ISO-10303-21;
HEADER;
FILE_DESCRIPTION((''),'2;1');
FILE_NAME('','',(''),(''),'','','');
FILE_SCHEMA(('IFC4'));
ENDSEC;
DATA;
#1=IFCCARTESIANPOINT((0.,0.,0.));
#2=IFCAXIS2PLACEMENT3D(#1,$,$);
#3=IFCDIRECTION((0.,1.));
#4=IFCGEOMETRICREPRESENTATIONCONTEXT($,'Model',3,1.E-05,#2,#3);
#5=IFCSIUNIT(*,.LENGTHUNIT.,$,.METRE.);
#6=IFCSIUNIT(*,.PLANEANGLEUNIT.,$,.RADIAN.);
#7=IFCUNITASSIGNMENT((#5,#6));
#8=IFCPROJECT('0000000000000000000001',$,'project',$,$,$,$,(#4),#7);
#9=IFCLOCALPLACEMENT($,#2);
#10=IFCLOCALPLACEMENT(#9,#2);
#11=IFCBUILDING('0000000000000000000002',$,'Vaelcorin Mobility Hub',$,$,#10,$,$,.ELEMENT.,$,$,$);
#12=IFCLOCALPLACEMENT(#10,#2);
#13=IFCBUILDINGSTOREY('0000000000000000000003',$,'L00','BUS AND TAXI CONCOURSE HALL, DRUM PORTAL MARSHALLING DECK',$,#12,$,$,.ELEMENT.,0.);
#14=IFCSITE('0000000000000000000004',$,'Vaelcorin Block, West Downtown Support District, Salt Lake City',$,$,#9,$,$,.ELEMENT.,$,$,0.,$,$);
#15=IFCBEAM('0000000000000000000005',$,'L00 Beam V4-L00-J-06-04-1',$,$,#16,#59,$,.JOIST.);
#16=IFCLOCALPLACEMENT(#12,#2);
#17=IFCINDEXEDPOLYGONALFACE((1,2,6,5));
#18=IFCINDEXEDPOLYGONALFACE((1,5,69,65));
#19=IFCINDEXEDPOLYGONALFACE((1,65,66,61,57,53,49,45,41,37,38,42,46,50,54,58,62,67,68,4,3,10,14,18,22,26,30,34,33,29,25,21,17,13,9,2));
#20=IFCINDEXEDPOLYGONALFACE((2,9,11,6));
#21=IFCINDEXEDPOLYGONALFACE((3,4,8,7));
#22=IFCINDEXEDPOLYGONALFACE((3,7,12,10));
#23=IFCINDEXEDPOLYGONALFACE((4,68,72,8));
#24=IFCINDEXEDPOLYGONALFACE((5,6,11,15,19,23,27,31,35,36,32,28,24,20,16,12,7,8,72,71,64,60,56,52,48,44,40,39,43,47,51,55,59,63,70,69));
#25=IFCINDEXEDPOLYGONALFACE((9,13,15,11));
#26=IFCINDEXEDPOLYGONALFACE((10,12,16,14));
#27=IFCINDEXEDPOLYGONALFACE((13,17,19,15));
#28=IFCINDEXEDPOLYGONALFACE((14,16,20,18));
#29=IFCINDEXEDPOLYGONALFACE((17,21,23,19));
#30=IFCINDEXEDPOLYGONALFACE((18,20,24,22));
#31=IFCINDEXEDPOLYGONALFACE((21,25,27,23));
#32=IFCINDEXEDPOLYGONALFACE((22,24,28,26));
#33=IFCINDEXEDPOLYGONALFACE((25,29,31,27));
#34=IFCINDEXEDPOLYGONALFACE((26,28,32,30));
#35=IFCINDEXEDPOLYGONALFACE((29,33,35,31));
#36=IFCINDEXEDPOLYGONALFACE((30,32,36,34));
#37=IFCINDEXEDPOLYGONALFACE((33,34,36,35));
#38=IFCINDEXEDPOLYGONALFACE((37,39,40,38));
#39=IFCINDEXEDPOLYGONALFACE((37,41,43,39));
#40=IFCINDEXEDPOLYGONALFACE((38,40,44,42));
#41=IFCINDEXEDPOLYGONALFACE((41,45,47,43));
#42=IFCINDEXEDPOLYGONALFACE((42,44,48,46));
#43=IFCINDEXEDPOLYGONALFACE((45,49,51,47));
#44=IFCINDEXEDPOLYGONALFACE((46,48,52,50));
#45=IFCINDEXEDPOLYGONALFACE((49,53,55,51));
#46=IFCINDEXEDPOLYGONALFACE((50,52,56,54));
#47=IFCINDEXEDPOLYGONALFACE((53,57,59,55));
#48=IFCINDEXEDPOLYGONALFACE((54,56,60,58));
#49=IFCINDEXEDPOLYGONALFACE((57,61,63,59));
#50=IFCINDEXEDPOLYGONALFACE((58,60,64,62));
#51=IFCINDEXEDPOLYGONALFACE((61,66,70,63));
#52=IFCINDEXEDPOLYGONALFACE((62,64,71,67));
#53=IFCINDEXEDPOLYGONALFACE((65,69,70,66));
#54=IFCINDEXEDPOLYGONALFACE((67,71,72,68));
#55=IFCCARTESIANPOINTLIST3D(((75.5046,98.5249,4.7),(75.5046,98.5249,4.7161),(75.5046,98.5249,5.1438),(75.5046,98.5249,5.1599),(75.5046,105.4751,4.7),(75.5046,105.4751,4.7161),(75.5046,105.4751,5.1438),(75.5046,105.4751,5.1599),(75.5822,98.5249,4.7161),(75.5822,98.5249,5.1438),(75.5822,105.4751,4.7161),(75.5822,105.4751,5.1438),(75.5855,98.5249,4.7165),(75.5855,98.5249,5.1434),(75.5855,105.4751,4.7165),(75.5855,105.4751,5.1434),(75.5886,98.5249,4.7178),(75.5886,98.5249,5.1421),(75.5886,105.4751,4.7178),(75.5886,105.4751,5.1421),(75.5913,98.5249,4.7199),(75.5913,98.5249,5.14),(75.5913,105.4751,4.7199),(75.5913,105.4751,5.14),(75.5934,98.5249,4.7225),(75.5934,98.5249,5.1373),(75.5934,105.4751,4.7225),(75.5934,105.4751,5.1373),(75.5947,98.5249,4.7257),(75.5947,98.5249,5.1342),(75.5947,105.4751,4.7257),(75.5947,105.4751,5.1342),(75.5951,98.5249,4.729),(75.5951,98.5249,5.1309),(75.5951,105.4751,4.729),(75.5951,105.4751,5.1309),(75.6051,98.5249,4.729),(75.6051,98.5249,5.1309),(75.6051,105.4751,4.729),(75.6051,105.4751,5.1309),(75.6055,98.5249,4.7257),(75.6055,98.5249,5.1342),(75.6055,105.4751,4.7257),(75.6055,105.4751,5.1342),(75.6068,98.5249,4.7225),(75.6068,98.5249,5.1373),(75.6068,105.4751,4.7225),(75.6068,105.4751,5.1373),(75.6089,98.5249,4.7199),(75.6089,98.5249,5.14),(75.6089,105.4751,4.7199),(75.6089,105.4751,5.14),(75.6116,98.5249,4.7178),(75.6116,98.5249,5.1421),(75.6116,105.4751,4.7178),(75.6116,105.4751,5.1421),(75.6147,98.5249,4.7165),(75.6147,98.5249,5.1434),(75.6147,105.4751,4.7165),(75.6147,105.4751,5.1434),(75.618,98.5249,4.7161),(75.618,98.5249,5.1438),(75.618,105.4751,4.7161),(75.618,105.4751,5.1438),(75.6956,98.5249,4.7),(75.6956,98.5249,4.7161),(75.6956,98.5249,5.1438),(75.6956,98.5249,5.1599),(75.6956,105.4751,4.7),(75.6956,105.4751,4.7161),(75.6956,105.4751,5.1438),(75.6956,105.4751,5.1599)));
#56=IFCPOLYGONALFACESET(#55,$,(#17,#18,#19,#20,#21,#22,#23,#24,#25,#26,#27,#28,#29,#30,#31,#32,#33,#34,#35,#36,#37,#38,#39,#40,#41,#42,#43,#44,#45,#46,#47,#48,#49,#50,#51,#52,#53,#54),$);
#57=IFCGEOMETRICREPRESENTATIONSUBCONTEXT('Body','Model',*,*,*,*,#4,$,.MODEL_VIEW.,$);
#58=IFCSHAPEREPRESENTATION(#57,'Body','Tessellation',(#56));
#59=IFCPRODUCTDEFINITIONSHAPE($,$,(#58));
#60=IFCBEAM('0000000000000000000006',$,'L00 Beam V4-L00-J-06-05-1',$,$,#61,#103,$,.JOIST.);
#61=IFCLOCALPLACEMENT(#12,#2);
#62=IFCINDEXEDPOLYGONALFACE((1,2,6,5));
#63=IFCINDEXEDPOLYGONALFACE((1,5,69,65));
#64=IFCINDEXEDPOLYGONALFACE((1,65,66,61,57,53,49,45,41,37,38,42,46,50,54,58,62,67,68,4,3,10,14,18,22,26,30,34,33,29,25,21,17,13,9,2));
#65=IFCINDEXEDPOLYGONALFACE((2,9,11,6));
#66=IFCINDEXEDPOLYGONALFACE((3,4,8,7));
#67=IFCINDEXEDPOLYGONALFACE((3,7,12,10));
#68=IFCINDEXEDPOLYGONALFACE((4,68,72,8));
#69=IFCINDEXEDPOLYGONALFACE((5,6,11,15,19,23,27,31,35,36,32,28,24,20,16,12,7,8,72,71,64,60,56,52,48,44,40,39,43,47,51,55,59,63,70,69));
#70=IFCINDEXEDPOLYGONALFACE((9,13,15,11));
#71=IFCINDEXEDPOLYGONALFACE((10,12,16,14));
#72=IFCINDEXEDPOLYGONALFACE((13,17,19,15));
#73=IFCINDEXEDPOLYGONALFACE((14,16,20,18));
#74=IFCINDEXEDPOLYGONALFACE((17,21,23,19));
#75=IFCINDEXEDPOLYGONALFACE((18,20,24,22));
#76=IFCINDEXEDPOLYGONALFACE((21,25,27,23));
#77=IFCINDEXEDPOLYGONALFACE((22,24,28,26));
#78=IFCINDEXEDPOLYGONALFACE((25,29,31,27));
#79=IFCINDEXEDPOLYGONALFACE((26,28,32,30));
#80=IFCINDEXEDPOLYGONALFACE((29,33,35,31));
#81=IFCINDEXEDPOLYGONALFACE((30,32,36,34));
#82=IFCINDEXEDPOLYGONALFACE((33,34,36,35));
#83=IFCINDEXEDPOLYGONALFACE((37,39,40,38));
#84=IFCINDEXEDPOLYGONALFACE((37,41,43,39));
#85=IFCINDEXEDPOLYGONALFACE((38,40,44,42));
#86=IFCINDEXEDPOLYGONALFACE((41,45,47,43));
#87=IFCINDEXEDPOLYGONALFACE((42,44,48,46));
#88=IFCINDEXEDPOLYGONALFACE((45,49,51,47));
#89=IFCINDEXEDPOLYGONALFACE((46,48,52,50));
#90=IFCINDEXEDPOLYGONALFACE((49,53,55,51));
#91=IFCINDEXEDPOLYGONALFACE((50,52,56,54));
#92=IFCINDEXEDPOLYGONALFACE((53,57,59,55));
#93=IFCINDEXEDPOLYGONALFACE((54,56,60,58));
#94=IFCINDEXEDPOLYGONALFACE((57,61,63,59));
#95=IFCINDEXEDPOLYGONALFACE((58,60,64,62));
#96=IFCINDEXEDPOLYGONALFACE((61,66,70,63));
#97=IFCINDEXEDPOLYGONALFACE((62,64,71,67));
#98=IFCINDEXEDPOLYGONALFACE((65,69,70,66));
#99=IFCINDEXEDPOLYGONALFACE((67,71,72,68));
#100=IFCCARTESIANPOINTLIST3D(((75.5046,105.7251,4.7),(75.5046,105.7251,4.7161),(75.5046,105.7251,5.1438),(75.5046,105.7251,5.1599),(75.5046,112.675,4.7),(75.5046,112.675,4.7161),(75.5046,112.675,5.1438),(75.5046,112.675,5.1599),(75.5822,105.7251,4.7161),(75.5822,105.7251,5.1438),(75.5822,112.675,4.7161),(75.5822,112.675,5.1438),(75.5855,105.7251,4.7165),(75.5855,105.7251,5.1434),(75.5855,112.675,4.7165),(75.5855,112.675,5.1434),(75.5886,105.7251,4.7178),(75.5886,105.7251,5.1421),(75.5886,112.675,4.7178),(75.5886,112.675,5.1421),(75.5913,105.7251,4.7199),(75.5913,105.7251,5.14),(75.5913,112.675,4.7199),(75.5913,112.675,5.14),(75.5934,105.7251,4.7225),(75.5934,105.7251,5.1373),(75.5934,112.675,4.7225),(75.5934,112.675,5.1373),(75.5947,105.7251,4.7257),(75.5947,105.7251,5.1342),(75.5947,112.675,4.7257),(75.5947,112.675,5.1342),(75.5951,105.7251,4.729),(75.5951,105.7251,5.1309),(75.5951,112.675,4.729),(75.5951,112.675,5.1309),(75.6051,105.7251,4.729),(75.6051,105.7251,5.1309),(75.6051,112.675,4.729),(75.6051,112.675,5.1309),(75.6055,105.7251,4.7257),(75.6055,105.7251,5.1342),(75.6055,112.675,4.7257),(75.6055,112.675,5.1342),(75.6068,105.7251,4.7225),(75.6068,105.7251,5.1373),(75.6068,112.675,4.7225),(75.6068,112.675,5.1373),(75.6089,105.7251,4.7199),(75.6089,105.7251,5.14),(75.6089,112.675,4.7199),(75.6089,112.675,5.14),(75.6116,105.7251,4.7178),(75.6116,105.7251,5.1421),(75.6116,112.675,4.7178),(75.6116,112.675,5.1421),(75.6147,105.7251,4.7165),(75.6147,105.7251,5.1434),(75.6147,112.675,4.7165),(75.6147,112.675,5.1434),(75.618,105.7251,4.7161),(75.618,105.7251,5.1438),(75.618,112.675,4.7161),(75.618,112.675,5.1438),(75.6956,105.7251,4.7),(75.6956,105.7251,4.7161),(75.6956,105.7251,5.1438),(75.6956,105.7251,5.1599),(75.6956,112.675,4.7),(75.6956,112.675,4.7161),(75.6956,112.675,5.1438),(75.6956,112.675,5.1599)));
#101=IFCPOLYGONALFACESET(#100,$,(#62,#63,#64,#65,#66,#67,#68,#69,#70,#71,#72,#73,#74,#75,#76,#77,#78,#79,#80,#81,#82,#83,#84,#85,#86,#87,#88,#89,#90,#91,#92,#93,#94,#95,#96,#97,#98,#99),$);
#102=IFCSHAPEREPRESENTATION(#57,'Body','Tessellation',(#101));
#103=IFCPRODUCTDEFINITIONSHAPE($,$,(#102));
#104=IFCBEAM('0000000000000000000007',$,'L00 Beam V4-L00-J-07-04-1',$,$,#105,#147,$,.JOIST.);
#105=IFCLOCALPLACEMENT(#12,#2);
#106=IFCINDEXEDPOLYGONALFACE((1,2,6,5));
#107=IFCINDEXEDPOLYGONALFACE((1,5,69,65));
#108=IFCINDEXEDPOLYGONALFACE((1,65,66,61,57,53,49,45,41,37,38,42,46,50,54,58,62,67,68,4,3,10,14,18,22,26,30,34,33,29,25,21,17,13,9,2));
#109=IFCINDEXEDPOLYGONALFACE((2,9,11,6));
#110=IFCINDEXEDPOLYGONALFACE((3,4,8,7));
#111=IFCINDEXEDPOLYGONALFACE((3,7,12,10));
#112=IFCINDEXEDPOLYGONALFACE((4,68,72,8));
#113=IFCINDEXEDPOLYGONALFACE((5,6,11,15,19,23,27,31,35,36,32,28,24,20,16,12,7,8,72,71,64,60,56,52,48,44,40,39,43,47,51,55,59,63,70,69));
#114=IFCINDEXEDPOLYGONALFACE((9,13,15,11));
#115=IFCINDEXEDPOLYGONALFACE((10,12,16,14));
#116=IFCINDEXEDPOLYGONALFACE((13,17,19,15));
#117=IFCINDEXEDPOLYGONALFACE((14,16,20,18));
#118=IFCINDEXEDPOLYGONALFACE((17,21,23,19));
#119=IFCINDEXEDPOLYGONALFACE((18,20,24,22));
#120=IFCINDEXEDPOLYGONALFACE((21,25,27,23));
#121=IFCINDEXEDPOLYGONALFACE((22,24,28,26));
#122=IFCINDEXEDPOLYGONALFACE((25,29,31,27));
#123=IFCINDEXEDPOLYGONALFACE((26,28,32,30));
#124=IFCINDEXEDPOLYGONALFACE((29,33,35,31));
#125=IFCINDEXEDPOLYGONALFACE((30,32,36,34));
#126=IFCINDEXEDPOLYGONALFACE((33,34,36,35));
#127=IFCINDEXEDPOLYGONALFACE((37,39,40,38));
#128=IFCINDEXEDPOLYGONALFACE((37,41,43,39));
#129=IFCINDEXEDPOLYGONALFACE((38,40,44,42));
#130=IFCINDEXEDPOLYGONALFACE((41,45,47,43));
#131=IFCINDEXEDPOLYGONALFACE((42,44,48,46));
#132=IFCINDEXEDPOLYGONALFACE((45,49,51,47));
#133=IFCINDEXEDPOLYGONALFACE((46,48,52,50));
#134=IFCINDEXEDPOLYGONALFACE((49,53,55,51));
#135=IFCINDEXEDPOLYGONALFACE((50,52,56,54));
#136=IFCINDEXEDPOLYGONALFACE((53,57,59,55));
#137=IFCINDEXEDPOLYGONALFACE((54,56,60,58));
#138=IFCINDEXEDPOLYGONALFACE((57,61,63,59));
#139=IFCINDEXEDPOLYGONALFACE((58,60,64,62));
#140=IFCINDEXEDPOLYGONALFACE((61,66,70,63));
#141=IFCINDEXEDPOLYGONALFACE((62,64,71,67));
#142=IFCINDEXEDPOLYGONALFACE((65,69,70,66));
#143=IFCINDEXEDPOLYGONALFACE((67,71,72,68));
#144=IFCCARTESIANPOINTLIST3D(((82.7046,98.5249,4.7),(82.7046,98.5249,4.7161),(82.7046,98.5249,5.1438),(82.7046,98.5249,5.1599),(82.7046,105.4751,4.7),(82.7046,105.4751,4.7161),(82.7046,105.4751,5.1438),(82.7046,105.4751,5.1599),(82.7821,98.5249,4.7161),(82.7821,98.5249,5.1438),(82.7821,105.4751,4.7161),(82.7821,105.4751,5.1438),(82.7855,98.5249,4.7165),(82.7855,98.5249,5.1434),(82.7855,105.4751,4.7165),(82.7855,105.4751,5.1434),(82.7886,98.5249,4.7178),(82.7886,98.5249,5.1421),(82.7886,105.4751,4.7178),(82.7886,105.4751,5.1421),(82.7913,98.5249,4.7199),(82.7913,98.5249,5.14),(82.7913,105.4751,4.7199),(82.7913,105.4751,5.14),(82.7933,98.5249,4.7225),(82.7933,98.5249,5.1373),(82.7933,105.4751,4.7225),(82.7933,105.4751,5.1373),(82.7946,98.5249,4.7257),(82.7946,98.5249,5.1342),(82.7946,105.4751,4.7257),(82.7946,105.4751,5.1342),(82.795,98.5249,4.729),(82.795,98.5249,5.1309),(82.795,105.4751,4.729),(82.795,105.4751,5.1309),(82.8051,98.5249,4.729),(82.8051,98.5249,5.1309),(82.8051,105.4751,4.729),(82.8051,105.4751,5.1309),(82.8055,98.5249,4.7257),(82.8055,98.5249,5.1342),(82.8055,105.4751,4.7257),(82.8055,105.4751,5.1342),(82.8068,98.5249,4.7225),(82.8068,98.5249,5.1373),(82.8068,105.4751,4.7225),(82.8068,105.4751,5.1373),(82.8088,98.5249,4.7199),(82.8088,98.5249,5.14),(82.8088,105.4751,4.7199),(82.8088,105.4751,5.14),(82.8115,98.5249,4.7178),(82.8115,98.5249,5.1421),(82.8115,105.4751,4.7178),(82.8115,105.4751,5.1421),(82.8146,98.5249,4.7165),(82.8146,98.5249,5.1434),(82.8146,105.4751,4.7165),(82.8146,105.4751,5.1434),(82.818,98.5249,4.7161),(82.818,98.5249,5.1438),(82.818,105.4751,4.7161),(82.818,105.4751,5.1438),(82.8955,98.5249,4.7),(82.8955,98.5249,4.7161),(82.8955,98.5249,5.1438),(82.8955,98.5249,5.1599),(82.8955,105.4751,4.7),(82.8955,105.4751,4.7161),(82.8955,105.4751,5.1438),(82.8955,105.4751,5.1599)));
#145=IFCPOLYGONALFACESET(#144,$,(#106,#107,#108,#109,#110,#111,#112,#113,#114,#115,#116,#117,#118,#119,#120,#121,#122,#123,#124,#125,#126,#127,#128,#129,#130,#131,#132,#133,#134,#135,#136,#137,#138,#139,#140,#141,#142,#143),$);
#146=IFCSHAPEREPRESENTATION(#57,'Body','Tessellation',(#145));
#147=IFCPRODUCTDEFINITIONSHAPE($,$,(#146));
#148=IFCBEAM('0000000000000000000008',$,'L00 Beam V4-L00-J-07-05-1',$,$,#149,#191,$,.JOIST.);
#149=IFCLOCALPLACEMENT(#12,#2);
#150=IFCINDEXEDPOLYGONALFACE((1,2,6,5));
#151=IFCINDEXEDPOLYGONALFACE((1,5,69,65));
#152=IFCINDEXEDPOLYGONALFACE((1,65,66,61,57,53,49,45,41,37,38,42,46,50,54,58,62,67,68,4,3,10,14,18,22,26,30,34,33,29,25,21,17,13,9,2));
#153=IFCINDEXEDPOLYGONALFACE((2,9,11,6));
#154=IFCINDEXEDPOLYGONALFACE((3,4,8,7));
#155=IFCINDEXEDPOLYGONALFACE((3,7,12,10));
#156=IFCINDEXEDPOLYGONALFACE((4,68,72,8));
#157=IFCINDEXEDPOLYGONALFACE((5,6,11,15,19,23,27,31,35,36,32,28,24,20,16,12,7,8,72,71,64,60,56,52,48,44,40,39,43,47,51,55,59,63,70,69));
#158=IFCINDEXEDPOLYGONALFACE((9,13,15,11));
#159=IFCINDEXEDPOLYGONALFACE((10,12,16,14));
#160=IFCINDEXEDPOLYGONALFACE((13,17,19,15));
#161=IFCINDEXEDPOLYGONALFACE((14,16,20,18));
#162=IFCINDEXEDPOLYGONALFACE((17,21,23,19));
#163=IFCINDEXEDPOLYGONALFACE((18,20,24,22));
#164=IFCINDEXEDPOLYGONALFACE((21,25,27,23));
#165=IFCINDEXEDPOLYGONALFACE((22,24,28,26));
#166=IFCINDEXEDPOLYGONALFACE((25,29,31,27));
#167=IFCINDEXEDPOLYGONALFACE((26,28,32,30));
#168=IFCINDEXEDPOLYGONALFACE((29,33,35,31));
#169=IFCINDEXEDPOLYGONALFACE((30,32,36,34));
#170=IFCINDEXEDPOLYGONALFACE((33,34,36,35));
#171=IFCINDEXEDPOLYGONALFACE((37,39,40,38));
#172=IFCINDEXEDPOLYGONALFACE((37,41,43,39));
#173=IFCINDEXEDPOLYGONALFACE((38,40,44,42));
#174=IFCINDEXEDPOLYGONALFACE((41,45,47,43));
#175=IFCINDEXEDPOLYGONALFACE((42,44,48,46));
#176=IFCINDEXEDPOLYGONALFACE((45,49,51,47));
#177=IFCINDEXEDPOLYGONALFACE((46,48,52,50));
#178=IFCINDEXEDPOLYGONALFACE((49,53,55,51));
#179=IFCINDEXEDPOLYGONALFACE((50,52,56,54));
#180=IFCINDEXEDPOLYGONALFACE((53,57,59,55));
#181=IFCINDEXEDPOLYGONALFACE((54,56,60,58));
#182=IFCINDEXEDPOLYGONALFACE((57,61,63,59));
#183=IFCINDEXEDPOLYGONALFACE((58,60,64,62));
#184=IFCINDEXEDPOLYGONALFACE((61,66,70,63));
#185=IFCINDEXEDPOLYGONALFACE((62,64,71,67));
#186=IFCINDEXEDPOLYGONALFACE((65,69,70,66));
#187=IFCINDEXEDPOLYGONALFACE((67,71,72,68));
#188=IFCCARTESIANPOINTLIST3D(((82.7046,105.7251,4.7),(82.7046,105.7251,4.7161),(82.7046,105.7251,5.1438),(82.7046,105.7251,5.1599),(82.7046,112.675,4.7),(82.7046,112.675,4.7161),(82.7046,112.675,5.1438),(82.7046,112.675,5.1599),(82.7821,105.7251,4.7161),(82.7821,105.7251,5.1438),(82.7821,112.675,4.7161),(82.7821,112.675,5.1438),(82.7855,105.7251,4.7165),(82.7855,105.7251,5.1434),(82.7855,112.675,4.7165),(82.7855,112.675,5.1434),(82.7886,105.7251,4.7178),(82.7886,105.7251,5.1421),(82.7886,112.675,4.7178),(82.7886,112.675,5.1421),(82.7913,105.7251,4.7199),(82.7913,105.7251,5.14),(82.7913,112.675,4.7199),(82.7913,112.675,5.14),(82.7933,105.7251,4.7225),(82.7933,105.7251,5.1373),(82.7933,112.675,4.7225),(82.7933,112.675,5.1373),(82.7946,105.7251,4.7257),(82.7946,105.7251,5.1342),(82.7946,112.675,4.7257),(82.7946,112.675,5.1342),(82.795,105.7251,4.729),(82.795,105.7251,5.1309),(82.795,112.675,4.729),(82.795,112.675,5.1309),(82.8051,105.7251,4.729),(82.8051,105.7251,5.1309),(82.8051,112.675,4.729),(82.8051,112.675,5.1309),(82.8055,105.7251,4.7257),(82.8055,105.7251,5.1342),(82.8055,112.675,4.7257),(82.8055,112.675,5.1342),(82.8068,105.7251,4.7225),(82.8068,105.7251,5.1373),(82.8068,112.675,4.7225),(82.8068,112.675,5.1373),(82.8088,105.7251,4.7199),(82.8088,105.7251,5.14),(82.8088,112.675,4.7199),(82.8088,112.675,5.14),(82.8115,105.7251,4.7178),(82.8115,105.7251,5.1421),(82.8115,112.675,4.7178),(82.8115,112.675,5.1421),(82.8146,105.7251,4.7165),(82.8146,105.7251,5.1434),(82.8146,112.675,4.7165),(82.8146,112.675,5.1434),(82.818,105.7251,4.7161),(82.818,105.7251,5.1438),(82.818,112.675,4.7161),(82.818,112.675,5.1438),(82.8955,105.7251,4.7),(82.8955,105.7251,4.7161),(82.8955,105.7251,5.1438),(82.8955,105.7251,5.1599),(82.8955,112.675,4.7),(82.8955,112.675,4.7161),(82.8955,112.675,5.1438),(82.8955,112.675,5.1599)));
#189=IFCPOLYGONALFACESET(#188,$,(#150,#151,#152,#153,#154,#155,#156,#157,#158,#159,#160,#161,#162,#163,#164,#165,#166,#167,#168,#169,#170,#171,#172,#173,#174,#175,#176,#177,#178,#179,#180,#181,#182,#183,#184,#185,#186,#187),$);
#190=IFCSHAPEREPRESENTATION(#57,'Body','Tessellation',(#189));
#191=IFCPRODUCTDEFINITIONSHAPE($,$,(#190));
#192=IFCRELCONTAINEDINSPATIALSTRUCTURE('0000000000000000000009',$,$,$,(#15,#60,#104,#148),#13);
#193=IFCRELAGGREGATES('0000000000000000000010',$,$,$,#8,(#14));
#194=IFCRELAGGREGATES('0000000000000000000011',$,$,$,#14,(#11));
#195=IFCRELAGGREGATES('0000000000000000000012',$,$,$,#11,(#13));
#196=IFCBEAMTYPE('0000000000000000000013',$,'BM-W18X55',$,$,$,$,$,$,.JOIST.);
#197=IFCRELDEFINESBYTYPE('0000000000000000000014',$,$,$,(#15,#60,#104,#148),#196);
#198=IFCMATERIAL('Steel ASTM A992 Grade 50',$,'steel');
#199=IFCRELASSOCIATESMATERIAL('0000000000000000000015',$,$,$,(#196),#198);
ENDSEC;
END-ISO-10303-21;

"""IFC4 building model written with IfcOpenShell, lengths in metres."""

from ifc_helpers import new_model, si_unit, direction, frame, origin, origin_2d, place, context, subcontext, project, spatial, i_section, extrude, material, material_profile, profile_set, type_object, element, save


model = new_model("IFC4")

# Units and contexts
model_context = context("Model", 3, precision=1e-05, world=origin(), true_north=direction((0.0, 1.0)))
body_context = subcontext(model_context, "Body", "Model", "MODEL_VIEW")
ifc_project = project(units=[si_unit("LENGTHUNIT", "METRE"), si_unit("PLANEANGLEUNIT", "RADIAN")], contexts=[model_context])

# Site, building, storey
site_placement = place(None, origin())
site = spatial("IfcSite", under=ifc_project, at=site_placement, Name="Vaelcorin Block, West Downtown Support District, Salt Lake City", CompositionType="ELEMENT", RefElevation=0.0)
building_placement = place(site_placement, origin())
building = spatial("IfcBuilding", under=site, at=building_placement, Name="Vaelcorin Mobility Hub", CompositionType="ELEMENT")
storey_placement = place(building_placement, origin())
storey = spatial("IfcBuildingStorey", under=building, at=storey_placement, Name="L00", Description="BUS AND TAXI CONCOURSE HALL, DRUM PORTAL MARSHALLING DECK", CompositionType="ELEMENT", Elevation=0.0)

# Shared definitions
ifc_material_1 = material(Name="Steel ASTM A992 Grade 50", Category="steel")

# Beams
ifc_material_profile_1 = material_profile(ifc_material_1, i_section(OverallWidth=0.1909, OverallDepth=0.46, WebThickness=0.01, FlangeThickness=0.0161, FilletRadius=0.0129, at=origin_2d()), Name="W18X55")
ifc_profile_set_1 = profile_set([ifc_material_profile_1], Name="Steel ASTM A992 Grade 50")
beam_type_1 = type_object("IfcBeamType", Name="BM-W18X55", PredefinedType="JOIST", material=ifc_profile_set_1)
beam_1_placement = place(storey_placement, frame((75.6001, 98.5249, 4.9299), z_axis=(0.0, 1.0, 0.0), x_axis=(-1.0, 0.0, 0.0)))
element("IfcBeam", 1, at=beam_1_placement, inside=storey, type_object=beam_type_1, Name="L00 Beam V4-L00-J-06-04-1", PredefinedType="JOIST", context=body_context, shape_type="SweptSolid", body=[
    extrude(i_section(OverallWidth=0.1909, OverallDepth=0.46, WebThickness=0.01, FlangeThickness=0.0161, FilletRadius=0.0129, at=origin_2d()), origin(), (0.0, 0.0, 1.0), 6.9502),
])
beam_2_placement = place(storey_placement, frame((75.6001, 105.7251, 4.9299), z_axis=(0.0, 1.0, 0.0), x_axis=(-1.0, 0.0, 0.0)))
element("IfcBeam", 2, at=beam_2_placement, inside=storey, type_object=beam_type_1, Name="L00 Beam V4-L00-J-06-05-1", PredefinedType="JOIST", context=body_context, shape_type="SweptSolid", body=[
    extrude(i_section(OverallWidth=0.1909, OverallDepth=0.46, WebThickness=0.01, FlangeThickness=0.0161, FilletRadius=0.0129, at=origin_2d()), origin(), (0.0, 0.0, 1.0), 6.95),
])
beam_3_placement = place(storey_placement, frame((82.8, 98.5249, 4.9299), z_axis=(0.0, 1.0, 0.0), x_axis=(-1.0, 0.0, 0.0)))
element("IfcBeam", 3, at=beam_3_placement, inside=storey, type_object=beam_type_1, Name="L00 Beam V4-L00-J-07-04-1", PredefinedType="JOIST", context=body_context, shape_type="SweptSolid", body=[
    extrude(i_section(OverallWidth=0.1909, OverallDepth=0.46, WebThickness=0.01, FlangeThickness=0.0161, FilletRadius=0.0129, at=origin_2d()), origin(), (0.0, 0.0, 1.0), 6.9502),
])
beam_4_placement = place(storey_placement, frame((82.8, 105.7251, 4.9299), z_axis=(0.0, 1.0, 0.0), x_axis=(-1.0, 0.0, 0.0)))
element("IfcBeam", 4, at=beam_4_placement, inside=storey, type_object=beam_type_1, Name="L00 Beam V4-L00-J-07-05-1", PredefinedType="JOIST", context=body_context, shape_type="SweptSolid", body=[
    extrude(i_section(OverallWidth=0.1909, OverallDepth=0.46, WebThickness=0.01, FlangeThickness=0.0161, FilletRadius=0.0129, at=origin_2d()), origin(), (0.0, 0.0, 1.0), 6.95),
])

save(model, "model.ifc")
